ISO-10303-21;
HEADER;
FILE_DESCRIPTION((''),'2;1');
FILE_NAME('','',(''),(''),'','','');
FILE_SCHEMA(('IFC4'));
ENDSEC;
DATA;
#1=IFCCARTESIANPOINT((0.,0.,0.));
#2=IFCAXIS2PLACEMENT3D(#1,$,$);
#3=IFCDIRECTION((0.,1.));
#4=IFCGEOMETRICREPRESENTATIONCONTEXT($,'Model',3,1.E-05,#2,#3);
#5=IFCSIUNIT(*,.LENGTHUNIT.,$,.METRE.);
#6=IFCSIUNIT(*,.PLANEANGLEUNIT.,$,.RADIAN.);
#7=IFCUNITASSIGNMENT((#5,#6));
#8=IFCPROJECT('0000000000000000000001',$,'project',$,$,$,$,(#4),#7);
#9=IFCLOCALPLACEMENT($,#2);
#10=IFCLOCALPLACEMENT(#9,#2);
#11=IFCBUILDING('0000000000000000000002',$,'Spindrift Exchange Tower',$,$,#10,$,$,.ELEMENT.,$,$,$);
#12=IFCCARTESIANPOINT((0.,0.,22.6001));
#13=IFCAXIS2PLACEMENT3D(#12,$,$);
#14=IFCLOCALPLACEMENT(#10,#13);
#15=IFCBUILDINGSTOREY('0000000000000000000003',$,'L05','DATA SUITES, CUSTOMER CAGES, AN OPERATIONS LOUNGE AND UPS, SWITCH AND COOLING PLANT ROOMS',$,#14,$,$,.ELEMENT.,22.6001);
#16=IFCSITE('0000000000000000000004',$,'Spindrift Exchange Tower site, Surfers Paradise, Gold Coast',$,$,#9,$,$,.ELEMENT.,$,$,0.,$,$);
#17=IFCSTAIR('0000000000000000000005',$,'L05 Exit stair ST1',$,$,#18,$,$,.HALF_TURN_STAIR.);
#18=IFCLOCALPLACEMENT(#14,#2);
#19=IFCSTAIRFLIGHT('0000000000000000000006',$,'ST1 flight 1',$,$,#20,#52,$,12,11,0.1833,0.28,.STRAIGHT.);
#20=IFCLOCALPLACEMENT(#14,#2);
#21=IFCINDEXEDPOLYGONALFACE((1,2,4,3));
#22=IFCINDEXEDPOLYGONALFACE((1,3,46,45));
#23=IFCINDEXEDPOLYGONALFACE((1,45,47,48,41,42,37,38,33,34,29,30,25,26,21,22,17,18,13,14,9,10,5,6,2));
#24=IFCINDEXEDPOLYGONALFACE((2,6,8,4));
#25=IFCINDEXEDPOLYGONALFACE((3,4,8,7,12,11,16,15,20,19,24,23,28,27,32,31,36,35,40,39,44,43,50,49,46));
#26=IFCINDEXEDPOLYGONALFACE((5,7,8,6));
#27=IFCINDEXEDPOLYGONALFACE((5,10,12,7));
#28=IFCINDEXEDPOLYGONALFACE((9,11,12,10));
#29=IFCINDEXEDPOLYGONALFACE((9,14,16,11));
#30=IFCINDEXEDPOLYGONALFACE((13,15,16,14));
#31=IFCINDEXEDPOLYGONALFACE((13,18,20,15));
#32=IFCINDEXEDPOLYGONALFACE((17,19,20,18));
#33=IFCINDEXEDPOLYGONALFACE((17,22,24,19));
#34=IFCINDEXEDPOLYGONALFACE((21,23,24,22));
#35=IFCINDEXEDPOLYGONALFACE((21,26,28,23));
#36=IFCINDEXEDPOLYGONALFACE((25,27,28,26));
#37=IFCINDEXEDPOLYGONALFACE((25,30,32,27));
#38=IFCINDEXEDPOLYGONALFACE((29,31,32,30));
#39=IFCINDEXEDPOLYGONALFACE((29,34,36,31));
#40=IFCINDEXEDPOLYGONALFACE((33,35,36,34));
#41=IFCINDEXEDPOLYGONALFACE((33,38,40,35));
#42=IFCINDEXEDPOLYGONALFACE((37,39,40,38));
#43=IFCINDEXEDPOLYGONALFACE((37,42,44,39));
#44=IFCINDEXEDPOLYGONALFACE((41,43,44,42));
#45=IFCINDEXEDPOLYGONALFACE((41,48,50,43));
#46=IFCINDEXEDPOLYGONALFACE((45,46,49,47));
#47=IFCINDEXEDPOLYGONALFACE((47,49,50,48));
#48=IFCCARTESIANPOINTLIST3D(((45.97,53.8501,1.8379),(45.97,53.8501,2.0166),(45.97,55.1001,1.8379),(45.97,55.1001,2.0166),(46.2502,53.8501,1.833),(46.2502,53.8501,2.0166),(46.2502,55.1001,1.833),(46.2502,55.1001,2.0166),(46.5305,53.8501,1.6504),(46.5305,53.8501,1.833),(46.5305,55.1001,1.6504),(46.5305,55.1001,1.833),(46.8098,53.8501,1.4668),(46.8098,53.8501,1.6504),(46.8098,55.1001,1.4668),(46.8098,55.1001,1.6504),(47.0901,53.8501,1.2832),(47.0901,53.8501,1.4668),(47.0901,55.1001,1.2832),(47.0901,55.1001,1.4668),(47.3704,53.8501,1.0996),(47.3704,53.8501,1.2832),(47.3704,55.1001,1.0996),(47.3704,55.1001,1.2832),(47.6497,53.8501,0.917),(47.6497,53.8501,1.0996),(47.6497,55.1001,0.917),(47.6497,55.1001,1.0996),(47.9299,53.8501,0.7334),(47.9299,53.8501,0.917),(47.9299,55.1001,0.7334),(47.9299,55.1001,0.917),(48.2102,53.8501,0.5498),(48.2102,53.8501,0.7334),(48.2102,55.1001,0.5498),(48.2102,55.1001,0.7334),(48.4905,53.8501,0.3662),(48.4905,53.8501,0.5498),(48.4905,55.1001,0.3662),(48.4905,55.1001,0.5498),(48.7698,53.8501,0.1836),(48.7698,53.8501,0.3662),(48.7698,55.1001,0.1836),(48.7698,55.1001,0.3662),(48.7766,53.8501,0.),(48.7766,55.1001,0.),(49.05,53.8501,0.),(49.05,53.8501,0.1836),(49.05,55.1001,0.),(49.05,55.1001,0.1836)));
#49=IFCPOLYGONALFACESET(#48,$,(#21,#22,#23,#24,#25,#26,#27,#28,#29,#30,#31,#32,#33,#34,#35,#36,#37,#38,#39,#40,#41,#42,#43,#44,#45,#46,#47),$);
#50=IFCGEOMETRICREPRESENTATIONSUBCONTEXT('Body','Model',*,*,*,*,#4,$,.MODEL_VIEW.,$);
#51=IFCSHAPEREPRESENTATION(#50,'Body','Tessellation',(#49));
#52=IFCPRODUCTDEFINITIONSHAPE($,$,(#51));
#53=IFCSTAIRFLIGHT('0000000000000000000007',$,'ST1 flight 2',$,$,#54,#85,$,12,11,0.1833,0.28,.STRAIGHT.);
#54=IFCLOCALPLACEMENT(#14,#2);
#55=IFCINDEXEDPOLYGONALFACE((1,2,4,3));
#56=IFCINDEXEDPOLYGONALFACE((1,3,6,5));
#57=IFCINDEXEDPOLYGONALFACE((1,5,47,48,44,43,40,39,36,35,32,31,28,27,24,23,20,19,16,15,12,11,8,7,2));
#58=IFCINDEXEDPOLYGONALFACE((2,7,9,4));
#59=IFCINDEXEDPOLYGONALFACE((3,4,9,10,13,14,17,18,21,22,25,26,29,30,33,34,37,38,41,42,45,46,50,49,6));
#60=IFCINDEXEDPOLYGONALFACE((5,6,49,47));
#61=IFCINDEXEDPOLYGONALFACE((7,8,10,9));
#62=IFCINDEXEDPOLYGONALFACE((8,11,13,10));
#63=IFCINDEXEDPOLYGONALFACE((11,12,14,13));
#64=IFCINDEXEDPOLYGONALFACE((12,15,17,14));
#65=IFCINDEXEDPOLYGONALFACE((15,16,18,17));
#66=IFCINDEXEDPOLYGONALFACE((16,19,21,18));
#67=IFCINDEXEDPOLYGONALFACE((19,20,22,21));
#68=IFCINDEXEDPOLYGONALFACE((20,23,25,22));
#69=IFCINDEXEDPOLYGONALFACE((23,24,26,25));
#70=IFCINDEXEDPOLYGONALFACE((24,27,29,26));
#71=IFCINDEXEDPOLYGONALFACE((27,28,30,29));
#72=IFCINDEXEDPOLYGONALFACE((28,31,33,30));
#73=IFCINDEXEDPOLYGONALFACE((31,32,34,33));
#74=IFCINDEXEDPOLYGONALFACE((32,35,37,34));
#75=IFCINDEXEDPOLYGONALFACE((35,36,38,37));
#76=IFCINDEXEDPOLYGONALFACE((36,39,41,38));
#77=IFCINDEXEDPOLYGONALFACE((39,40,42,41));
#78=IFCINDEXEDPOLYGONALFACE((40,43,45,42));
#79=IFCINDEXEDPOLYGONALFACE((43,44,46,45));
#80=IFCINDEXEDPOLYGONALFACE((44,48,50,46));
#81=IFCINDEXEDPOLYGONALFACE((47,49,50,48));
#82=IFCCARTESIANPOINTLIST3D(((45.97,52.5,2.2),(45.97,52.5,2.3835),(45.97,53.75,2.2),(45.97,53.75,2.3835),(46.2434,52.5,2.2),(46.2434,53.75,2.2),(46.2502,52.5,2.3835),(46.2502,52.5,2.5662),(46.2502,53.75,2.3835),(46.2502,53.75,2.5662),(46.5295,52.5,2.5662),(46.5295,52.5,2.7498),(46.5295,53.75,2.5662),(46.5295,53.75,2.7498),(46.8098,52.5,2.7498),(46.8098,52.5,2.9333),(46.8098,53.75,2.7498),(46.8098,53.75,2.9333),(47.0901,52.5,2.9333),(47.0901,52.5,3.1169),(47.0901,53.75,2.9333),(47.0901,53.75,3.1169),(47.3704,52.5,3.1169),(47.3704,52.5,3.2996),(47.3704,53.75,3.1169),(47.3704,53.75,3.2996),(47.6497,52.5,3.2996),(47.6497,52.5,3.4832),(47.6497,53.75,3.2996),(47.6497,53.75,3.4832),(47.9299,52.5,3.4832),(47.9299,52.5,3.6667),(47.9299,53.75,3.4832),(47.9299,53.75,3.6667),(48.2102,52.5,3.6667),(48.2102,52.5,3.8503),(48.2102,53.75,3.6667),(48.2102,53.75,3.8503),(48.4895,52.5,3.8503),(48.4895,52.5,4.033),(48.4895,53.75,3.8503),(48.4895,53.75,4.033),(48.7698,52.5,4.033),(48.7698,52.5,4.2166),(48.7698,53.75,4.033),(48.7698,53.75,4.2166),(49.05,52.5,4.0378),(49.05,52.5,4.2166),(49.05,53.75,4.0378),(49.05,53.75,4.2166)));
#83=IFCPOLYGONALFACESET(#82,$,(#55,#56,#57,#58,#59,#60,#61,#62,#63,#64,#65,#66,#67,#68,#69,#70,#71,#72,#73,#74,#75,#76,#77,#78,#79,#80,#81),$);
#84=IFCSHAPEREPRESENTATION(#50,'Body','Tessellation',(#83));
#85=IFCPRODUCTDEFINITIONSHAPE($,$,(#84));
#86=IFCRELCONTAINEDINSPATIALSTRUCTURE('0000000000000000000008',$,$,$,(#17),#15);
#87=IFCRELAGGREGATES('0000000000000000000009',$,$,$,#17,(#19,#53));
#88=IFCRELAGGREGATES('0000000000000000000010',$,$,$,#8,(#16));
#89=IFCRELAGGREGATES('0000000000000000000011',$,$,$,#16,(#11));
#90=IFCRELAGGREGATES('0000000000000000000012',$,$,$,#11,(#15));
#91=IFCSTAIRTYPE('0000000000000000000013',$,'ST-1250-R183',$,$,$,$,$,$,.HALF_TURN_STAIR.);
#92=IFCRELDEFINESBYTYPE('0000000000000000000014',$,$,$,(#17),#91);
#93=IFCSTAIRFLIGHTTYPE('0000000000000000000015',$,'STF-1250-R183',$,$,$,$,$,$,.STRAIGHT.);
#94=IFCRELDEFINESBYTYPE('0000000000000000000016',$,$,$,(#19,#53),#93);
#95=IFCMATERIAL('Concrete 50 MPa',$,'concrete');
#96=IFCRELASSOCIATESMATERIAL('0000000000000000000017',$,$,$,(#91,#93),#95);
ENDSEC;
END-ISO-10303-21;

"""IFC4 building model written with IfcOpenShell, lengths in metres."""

from ifc_helpers import new_model, si_unit, direction, frame, origin, place, context, subcontext, project, spatial, line, indexed_curve, outline, extrude, material, type_object, element, aggregate, save


model = new_model("IFC4")

# Units and contexts
model_context = context("Model", 3, precision=1e-05, world=origin(), true_north=direction((0.0, 1.0)))
body_context = subcontext(model_context, "Body", "Model", "MODEL_VIEW")
ifc_project = project(units=[si_unit("LENGTHUNIT", "METRE"), si_unit("PLANEANGLEUNIT", "RADIAN")], contexts=[model_context])

# Site, building, storey
site_placement = place(None, origin())
site = spatial("IfcSite", under=ifc_project, at=site_placement, Name="Spindrift Exchange Tower site, Surfers Paradise, Gold Coast", CompositionType="ELEMENT", RefElevation=0.0)
building_placement = place(site_placement, origin())
building = spatial("IfcBuilding", under=site, at=building_placement, Name="Spindrift Exchange Tower", CompositionType="ELEMENT")
storey_placement = place(building_placement, frame((0.0, 0.0, 22.6001)))
storey = spatial("IfcBuildingStorey", under=building, at=storey_placement, Name="L05", Description="DATA SUITES, CUSTOMER CAGES, AN OPERATIONS LOUNGE AND UPS, SWITCH AND COOLING PLANT ROOMS", CompositionType="ELEMENT", Elevation=22.6001)

# Stair, stair flights
ifc_material_1 = material(Name="Concrete 50 MPa", Category="concrete")
stair_type = type_object("IfcStairType", Name="ST-1250-R183", PredefinedType="HALF_TURN_STAIR", material=ifc_material_1)
stair_placement = place(storey_placement, origin())
stair = element("IfcStair", 1, at=stair_placement, inside=storey, type_object=stair_type, Name="L05 Exit stair ST1", PredefinedType="HALF_TURN_STAIR")
stair_flight_type = type_object("IfcStairFlightType", Name="STF-1250-R183", PredefinedType="STRAIGHT", material=ifc_material_1)
stair_flight_1_placement = place(storey_placement, frame((49.05, 54.4751, 0.0), z_axis=(0.0, 0.0, 1.0), x_axis=(-1.0, 0.0, 0.0)))
stair_flight_1 = element("IfcStairFlight", 2, at=stair_flight_1_placement, type_object=stair_flight_type, Name="ST1 flight 1", NumberOfRisers=12, NumberOfTreads=11, PredefinedType="STRAIGHT", RiserHeight=0.1833, TreadLength=0.28, context=body_context, shape_type="SweptSolid", body=[
    extrude(outline(indexed_curve([(0.0, 0.0), (0.0, 0.1836), (0.2803, 0.1836), (0.2803, 0.3662), (0.5596, 0.3662), (0.5596, 0.5498), (0.8398, 0.5498), (0.8398, 0.7334), (1.1201, 0.7334), (1.1201, 0.917), (1.4004, 0.917), (1.4004, 1.0996), (1.6797, 1.0996), (1.6797, 1.2832), (1.96, 1.2832), (1.96, 1.4668), (2.2402, 1.4668), (2.2402, 1.6504), (2.5195, 1.6504), (2.5195, 1.833), (2.7998, 1.833), (2.7998, 2.0166), (3.0801, 2.0166), (3.0801, 2.2002), (3.0801, 1.8379), (0.2734, 0.0)], segments=[line(1, 2, 3, 4, 5, 6, 7, 8, 9, 10, 11, 12, 13, 14, 15, 16, 17, 18, 19, 20, 21, 22, 23, 24, 25, 26, 1)], self_intersect=False)), frame((0.0, 0.625, 0.0), z_axis=(0.0, -1.0, 0.0), x_axis=(1.0, 0.0, 0.0)), (0.0, 0.0, 1.0), 1.25),
])
stair_flight_2_placement = place(storey_placement, frame((45.97, 53.125, 2.2), z_axis=(0.0, 0.0, 1.0), x_axis=(1.0, 0.0, 0.0)))
stair_flight_2 = element("IfcStairFlight", 3, at=stair_flight_2_placement, type_object=stair_flight_type, Name="ST1 flight 2", NumberOfRisers=12, NumberOfTreads=11, PredefinedType="STRAIGHT", RiserHeight=0.1833, TreadLength=0.28, context=body_context, shape_type="SweptSolid", body=[
    extrude(outline(indexed_curve([(0.0, 0.0), (0.0, 0.1836), (0.2803, 0.1836), (0.2803, 0.3662), (0.5596, 0.3662), (0.5596, 0.5498), (0.8398, 0.5498), (0.8398, 0.7334), (1.1201, 0.7334), (1.1201, 0.917), (1.4004, 0.917), (1.4004, 1.0996), (1.6797, 1.0996), (1.6797, 1.2832), (1.96, 1.2832), (1.96, 1.4668), (2.2402, 1.4668), (2.2402, 1.6504), (2.5195, 1.6504), (2.5195, 1.833), (2.7998, 1.833), (2.7998, 2.0166), (3.0801, 2.0166), (3.0801, 2.2002), (3.0801, 1.8379), (0.2734, 0.0)], segments=[line(1, 2, 3, 4, 5, 6, 7, 8, 9, 10, 11, 12, 13, 14, 15, 16, 17, 18, 19, 20, 21, 22, 23, 24, 25, 26, 1)], self_intersect=False)), frame((0.0, 0.625, 0.0), z_axis=(0.0, -1.0, 0.0), x_axis=(1.0, 0.0, 0.0)), (0.0, 0.0, 1.0), 1.25),
])
aggregate(stair, [stair_flight_1, stair_flight_2])

save(model, "model.ifc")
